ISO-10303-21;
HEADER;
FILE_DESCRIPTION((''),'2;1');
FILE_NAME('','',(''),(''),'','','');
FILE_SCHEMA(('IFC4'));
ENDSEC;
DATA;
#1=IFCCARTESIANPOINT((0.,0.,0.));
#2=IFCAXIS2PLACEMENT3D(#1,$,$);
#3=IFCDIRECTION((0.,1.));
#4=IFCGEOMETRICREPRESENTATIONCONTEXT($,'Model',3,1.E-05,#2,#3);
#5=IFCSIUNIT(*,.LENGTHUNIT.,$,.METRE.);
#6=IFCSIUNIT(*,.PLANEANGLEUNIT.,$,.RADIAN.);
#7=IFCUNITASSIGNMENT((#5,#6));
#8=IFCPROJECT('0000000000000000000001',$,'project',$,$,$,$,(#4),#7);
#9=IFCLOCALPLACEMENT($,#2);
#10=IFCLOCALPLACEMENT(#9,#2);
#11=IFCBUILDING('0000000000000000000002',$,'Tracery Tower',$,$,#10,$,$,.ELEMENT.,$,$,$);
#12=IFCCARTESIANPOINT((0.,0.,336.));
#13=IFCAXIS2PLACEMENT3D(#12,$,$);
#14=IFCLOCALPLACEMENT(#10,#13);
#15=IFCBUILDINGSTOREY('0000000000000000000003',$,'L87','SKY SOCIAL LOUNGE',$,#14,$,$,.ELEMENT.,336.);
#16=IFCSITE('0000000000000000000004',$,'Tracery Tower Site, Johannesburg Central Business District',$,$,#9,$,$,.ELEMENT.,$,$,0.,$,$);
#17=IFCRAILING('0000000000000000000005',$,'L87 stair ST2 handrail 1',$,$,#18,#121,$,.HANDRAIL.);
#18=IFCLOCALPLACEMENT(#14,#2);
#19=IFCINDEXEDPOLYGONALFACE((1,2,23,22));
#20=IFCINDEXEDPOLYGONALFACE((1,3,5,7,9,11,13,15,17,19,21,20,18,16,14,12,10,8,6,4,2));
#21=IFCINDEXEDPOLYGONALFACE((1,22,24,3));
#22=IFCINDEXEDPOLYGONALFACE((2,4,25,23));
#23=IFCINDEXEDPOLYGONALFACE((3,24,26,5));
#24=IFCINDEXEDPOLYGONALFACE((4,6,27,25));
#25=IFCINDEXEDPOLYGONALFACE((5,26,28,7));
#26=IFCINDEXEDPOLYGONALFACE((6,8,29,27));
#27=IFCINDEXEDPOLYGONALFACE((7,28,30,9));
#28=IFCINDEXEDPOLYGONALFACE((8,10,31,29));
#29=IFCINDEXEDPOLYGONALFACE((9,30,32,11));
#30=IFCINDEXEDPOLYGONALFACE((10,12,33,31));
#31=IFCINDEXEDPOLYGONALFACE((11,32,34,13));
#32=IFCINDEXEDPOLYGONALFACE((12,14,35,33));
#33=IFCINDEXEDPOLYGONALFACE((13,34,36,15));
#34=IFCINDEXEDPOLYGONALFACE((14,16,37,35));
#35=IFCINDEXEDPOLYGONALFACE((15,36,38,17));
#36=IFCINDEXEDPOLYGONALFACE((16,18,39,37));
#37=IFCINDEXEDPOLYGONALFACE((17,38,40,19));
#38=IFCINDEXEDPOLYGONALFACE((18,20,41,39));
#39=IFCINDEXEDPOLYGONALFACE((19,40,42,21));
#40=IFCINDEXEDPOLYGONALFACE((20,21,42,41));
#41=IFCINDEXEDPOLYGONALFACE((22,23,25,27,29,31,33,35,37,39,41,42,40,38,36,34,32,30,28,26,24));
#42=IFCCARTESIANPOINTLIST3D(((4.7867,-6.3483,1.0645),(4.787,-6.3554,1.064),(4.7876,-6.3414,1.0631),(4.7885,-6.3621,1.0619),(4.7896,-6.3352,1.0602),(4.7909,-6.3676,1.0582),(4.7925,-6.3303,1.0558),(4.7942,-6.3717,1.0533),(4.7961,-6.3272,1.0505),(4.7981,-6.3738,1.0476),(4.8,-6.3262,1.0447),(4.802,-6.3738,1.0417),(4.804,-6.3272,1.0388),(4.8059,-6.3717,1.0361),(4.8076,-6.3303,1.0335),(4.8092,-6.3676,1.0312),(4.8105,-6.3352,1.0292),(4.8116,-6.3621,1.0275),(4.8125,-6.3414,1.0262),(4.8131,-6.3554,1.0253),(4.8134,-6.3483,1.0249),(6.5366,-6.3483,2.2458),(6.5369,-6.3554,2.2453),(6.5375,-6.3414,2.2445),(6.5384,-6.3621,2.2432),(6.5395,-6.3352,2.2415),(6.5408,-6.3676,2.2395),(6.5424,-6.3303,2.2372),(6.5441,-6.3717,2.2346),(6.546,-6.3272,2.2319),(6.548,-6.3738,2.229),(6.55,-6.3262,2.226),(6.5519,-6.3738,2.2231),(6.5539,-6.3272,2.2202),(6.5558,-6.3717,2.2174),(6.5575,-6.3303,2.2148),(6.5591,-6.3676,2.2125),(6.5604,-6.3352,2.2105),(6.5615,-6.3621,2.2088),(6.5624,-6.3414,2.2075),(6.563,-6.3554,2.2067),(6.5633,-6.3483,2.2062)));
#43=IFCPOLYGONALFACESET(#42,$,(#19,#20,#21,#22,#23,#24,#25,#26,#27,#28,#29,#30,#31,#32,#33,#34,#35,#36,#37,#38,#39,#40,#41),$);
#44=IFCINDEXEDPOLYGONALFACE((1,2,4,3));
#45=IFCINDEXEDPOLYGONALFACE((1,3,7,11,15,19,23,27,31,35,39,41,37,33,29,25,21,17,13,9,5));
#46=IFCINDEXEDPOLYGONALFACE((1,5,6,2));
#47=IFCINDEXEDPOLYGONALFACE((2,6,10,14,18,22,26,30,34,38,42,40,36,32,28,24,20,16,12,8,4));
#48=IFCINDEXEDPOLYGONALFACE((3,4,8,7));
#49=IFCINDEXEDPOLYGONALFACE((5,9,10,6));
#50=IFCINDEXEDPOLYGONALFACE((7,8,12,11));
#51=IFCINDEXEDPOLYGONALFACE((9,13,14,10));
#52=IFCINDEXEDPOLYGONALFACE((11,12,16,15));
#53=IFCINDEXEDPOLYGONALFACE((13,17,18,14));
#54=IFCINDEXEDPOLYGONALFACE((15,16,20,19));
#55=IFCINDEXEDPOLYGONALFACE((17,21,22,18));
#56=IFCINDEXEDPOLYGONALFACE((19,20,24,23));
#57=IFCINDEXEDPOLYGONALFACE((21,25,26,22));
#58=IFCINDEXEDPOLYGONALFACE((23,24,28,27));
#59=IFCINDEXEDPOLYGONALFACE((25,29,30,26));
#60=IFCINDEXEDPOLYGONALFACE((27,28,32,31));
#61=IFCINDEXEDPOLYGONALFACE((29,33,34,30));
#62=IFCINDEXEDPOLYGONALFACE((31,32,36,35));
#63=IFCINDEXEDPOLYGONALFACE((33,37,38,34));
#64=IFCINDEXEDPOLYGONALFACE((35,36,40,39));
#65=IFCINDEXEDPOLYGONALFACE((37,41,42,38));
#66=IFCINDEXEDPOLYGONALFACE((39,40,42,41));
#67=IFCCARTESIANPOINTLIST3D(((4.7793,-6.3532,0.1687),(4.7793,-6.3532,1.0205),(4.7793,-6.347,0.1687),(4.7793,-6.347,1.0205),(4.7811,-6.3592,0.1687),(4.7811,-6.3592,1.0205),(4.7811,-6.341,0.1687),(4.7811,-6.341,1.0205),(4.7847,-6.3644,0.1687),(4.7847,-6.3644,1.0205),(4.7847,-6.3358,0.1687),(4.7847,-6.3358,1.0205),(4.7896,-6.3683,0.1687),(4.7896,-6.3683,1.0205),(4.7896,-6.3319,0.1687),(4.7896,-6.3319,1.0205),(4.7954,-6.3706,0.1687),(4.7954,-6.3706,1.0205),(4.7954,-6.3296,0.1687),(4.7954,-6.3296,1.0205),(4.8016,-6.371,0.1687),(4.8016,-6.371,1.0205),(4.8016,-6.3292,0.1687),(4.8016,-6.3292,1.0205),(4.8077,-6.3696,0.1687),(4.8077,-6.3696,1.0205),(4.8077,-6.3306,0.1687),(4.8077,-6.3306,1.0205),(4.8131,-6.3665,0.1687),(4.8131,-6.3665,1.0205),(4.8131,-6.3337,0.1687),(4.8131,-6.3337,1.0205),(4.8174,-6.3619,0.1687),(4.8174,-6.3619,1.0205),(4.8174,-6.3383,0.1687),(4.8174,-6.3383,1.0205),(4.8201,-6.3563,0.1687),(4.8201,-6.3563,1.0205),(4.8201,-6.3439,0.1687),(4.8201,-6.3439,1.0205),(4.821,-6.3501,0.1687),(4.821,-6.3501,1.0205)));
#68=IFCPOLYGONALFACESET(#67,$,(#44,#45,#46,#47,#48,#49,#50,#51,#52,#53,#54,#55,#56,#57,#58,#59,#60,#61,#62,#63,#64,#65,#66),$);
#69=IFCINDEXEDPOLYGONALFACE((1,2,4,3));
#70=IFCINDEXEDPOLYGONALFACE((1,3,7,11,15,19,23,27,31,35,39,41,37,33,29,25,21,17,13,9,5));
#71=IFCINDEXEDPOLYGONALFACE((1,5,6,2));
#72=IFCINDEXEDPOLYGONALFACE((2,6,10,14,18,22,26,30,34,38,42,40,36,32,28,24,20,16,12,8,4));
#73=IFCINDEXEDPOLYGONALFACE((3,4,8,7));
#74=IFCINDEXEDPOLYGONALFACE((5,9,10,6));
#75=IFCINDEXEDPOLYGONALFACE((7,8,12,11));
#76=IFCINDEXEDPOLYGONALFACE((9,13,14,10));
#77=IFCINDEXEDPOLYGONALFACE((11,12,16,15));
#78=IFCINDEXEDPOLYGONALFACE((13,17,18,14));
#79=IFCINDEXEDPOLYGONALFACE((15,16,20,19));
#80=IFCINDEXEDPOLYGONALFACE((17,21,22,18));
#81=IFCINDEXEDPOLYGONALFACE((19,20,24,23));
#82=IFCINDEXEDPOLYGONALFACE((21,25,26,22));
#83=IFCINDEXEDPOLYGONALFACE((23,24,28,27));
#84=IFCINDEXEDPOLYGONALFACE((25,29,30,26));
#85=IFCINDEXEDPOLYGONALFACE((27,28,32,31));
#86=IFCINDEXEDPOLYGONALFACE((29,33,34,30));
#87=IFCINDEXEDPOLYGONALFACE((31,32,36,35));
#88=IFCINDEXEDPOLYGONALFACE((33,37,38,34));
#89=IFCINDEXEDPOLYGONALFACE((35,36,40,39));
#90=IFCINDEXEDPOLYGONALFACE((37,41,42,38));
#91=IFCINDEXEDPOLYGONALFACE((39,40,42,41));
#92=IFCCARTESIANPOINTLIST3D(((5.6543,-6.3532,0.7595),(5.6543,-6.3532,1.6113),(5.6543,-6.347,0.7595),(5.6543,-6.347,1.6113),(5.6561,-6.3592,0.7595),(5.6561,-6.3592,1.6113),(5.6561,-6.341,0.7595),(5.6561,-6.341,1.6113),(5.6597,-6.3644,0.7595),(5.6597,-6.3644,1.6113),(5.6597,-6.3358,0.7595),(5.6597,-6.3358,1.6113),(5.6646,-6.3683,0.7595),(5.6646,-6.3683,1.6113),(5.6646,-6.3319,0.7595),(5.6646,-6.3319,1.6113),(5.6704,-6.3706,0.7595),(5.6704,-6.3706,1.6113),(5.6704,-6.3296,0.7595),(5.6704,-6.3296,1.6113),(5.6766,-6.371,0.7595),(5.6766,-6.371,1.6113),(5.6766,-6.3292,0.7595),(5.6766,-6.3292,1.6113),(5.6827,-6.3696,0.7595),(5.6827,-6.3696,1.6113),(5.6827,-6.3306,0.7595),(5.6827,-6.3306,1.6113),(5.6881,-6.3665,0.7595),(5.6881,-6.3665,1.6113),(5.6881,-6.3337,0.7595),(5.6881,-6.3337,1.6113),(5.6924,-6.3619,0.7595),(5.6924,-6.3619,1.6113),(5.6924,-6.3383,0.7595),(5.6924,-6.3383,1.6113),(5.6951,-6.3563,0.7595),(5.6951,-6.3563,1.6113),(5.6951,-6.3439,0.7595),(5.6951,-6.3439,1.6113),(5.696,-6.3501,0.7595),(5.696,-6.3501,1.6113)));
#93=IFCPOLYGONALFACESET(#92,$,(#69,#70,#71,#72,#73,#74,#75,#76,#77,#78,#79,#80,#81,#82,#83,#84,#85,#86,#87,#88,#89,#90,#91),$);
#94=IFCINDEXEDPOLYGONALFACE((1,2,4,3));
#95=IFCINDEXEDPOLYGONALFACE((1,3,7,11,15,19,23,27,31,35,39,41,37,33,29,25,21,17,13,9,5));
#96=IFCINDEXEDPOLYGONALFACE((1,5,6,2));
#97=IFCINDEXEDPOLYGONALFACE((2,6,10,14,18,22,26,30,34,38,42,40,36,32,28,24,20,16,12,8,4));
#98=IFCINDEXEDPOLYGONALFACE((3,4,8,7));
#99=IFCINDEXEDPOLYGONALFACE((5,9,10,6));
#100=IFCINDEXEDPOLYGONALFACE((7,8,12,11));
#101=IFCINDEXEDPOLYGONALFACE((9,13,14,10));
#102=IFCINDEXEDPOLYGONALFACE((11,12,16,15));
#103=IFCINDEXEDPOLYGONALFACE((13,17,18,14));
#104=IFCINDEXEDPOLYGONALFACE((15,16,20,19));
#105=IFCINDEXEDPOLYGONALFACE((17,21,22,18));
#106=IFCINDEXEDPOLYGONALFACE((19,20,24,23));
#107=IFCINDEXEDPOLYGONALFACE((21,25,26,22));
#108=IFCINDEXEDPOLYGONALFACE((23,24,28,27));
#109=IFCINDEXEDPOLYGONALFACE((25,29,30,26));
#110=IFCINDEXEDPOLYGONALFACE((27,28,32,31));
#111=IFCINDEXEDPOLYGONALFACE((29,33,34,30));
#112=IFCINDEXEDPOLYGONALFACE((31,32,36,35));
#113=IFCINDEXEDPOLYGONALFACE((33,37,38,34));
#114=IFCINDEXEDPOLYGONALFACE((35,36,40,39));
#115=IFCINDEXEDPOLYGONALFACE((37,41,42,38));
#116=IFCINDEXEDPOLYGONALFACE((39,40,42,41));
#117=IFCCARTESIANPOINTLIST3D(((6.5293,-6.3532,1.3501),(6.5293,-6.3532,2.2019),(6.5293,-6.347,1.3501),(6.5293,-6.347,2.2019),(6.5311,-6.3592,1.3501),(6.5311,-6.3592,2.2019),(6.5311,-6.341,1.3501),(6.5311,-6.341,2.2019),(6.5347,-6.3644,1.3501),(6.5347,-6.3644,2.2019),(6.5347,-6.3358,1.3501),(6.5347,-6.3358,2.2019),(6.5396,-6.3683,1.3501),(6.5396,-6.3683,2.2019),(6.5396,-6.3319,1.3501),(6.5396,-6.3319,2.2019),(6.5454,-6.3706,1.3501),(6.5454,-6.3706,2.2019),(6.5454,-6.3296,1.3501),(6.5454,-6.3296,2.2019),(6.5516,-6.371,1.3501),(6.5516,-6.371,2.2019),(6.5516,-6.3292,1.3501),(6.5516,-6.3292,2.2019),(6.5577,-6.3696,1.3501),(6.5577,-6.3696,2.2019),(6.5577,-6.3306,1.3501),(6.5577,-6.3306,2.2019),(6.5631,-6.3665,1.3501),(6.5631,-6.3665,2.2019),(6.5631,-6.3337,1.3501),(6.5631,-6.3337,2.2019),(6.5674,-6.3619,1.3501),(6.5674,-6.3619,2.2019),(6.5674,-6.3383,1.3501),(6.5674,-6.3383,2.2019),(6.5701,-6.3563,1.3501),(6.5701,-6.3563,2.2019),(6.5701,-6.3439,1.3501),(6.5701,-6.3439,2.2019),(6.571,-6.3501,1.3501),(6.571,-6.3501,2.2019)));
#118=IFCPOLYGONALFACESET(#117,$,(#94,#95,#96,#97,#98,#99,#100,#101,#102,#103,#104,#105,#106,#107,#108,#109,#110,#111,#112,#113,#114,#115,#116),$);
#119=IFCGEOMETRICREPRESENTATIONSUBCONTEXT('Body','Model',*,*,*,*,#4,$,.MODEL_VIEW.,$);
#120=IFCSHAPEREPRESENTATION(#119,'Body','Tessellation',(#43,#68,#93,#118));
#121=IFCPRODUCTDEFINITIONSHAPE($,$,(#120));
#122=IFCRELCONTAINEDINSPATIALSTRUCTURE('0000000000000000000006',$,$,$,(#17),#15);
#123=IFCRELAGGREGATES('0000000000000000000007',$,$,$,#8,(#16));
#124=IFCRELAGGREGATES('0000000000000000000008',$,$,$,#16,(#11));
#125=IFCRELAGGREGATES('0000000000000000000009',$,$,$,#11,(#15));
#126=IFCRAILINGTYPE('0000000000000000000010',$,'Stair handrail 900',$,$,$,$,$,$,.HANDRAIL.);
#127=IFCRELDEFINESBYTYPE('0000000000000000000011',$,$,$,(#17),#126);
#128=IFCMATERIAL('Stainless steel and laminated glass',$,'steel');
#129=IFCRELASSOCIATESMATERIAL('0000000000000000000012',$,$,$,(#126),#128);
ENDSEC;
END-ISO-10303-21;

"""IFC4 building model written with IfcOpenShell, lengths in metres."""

from ifc_helpers import new_model, si_unit, direction, frame, origin, origin_2d, place, context, subcontext, project, spatial, circle, extrude, material, type_object, element, save


model = new_model("IFC4")

# Units and contexts
model_context = context("Model", 3, precision=1e-05, world=origin(), true_north=direction((0.0, 1.0)))
body_context = subcontext(model_context, "Body", "Model", "MODEL_VIEW")
ifc_project = project(units=[si_unit("LENGTHUNIT", "METRE"), si_unit("PLANEANGLEUNIT", "RADIAN")], contexts=[model_context])

# Site, building, storey
site_placement = place(None, origin())
site = spatial("IfcSite", under=ifc_project, at=site_placement, Name="Tracery Tower Site, Johannesburg Central Business District", CompositionType="ELEMENT", RefElevation=0.0)
building_placement = place(site_placement, origin())
building = spatial("IfcBuilding", under=site, at=building_placement, Name="Tracery Tower", CompositionType="ELEMENT")
storey_placement = place(building_placement, frame((0.0, 0.0, 336.0)))
storey = spatial("IfcBuildingStorey", under=building, at=storey_placement, Name="L87", Description="SKY SOCIAL LOUNGE", CompositionType="ELEMENT", Elevation=336.0)

# Railing
ifc_material_1 = material(Name="Stainless steel and laminated glass", Category="steel")
railing_type_1 = type_object("IfcRailingType", Name="Stair handrail 900", PredefinedType="HANDRAIL", material=ifc_material_1)
railing_1_placement = place(storey_placement, frame((4.8, -6.3501, 0.1687)))
element("IfcRailing", 1, at=railing_1_placement, inside=storey, type_object=railing_type_1, Name="L87 stair ST2 handrail 1", PredefinedType="HANDRAIL", context=body_context, shape_type="SweptSolid", body=[
    extrude(circle(Radius=0.0239, at=origin_2d()), frame((0.0, 0.0, 0.876), z_axis=(0.828817, 0.0, 0.559521), x_axis=(0.0, 1.0, 0.0)), (0.0, 0.0, 1.0), 2.1113),
    extrude(circle(Radius=0.021, at=origin_2d()), origin(), (0.0, 0.0, 1.0), 0.8518),
    extrude(circle(Radius=0.021, at=origin_2d()), frame((0.875, 0.0, 0.5908)), (0.0, 0.0, 1.0), 0.8518),
    extrude(circle(Radius=0.021, at=origin_2d()), frame((1.75, 0.0, 1.1814)), (0.0, 0.0, 1.0), 0.8518),
])

save(model, "model.ifc")
